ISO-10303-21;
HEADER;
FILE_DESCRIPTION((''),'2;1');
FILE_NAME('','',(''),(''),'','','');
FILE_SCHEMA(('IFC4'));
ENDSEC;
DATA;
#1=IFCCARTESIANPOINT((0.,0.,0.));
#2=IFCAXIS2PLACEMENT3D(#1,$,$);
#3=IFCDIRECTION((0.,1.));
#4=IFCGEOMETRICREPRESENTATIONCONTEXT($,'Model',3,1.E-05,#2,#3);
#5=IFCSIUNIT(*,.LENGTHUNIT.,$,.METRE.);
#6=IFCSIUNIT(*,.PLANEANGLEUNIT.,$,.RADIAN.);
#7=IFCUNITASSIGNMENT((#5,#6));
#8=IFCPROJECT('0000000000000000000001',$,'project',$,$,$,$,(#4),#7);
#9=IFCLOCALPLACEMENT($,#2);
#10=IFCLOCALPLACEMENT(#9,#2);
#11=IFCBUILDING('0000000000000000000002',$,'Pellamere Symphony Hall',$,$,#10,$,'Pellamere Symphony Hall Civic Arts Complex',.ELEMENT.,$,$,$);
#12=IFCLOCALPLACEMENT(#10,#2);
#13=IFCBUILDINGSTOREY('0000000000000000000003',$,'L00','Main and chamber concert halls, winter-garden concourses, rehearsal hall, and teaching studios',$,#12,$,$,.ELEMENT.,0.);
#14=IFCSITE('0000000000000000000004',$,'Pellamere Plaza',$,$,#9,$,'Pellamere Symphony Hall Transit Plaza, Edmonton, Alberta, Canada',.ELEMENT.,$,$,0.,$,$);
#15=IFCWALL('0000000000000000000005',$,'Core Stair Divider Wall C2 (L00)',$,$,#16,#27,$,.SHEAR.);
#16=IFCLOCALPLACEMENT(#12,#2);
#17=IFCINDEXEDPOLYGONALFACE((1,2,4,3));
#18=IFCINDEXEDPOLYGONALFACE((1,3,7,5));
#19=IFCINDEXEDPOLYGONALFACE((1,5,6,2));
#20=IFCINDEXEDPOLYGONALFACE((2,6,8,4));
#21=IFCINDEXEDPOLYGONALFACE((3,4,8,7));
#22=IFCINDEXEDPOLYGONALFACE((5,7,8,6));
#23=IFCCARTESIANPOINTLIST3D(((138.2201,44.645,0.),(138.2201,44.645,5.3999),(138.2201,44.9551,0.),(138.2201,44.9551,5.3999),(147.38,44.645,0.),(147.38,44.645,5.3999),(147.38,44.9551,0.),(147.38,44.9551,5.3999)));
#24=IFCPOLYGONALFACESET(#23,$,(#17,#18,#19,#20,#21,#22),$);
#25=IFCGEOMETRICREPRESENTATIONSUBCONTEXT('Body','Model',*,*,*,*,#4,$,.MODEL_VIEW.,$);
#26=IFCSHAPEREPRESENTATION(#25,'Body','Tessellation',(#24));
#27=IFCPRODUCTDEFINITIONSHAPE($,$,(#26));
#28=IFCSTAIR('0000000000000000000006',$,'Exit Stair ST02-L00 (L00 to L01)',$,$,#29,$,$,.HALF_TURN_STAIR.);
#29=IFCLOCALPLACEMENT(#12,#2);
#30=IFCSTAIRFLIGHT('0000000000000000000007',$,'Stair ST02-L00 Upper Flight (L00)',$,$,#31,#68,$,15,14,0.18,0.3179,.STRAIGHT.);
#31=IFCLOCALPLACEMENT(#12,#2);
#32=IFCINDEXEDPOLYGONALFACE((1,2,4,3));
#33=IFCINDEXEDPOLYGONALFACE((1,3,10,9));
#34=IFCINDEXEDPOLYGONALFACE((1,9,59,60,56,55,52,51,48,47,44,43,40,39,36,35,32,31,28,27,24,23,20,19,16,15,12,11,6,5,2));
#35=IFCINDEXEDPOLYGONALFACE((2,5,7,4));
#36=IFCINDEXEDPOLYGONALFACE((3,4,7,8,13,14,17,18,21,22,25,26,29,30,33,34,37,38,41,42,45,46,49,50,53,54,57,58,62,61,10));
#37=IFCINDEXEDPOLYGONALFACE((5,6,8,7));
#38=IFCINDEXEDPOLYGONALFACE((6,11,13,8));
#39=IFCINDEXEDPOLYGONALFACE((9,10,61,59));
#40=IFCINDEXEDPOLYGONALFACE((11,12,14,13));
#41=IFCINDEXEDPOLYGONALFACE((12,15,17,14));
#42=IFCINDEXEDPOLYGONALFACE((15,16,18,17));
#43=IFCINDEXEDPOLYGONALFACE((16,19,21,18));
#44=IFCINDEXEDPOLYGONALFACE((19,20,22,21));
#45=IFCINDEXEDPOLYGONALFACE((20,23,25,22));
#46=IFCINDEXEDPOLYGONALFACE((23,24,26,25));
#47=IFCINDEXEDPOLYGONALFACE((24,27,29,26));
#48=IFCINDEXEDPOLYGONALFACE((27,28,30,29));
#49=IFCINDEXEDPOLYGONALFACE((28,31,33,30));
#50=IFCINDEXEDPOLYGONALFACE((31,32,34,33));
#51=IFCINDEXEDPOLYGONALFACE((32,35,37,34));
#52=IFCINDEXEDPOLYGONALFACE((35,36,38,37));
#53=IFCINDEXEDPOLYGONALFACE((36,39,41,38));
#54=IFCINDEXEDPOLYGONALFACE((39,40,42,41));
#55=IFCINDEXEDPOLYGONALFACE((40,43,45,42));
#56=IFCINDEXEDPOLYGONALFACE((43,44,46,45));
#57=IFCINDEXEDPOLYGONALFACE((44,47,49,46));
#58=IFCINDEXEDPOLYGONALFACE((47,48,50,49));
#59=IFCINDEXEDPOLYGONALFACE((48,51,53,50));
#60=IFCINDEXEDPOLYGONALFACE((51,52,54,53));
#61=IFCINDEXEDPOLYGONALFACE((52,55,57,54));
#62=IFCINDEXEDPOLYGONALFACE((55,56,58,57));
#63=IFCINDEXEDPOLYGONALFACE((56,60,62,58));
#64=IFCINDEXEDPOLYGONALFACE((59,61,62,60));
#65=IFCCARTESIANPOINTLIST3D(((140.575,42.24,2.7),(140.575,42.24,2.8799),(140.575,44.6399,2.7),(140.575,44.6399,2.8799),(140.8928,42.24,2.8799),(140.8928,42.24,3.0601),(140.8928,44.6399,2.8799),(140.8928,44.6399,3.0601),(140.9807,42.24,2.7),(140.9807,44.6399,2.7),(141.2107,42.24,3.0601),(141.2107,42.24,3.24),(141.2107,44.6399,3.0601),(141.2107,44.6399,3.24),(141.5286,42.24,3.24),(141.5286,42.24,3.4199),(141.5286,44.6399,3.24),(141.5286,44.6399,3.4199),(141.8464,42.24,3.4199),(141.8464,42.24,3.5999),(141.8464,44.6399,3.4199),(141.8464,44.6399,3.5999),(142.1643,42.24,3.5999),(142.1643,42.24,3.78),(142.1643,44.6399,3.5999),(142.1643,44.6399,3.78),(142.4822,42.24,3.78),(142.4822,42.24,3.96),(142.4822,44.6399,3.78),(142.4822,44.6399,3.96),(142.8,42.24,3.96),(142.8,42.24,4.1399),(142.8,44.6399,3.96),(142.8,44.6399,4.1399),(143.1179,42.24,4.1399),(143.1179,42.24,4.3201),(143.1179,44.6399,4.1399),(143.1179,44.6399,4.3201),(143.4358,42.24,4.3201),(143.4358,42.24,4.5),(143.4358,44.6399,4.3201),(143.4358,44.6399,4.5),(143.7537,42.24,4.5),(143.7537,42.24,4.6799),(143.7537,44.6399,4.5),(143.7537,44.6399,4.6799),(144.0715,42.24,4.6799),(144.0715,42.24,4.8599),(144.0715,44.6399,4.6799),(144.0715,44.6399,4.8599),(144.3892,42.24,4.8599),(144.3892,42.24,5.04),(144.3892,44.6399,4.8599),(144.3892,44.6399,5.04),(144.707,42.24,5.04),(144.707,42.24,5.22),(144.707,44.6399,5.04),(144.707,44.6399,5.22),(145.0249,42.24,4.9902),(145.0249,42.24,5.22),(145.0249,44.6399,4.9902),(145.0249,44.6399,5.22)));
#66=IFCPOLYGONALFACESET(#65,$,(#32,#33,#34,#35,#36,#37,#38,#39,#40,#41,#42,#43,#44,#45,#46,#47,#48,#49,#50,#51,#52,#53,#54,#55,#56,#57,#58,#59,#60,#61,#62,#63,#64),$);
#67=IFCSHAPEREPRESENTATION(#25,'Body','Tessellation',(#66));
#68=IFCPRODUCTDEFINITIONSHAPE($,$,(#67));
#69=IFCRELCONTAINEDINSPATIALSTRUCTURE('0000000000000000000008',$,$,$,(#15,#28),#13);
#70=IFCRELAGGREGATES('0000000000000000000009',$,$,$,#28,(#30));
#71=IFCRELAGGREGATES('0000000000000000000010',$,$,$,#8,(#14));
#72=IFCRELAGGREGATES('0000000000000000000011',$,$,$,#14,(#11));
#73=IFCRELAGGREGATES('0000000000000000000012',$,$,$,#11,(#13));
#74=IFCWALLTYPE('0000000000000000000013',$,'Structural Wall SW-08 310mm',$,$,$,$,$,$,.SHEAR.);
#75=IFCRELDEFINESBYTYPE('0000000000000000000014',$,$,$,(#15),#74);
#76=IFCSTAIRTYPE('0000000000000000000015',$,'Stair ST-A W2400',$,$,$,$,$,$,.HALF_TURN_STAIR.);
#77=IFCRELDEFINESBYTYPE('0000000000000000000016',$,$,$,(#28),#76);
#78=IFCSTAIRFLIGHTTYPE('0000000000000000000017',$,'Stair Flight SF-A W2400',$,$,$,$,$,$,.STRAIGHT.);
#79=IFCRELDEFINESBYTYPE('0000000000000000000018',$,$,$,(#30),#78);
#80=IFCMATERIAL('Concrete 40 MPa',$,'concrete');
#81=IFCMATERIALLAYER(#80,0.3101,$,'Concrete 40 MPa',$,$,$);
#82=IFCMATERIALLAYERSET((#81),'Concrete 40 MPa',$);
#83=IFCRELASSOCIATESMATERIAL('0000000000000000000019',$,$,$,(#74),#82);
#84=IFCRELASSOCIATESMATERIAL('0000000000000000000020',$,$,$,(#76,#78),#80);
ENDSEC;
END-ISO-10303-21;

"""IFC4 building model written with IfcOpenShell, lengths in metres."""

from ifc_helpers import new_model, si_unit, direction, frame, frame_2d, origin, place, context, subcontext, project, spatial, polyline, rectangle, outline, extrude, material, layer, layer_set, type_object, element, aggregate, save


model = new_model("IFC4")

# Units and contexts
model_context = context("Model", 3, precision=1e-05, world=origin(), true_north=direction((0.0, 1.0)))
body_context = subcontext(model_context, "Body", "Model", "MODEL_VIEW")
ifc_project = project(units=[si_unit("LENGTHUNIT", "METRE"), si_unit("PLANEANGLEUNIT", "RADIAN")], contexts=[model_context])

# Site, building, storey
site_placement = place(None, origin())
site = spatial("IfcSite", under=ifc_project, at=site_placement, Name="Pellamere Plaza", LongName="Pellamere Symphony Hall Transit Plaza, Edmonton, Alberta, Canada", CompositionType="ELEMENT", RefElevation=0.0)
building_placement = place(site_placement, origin())
building = spatial("IfcBuilding", under=site, at=building_placement, Name="Pellamere Symphony Hall", LongName="Pellamere Symphony Hall Civic Arts Complex", CompositionType="ELEMENT")
storey_placement = place(building_placement, origin())
storey = spatial("IfcBuildingStorey", under=building, at=storey_placement, Name="L00", Description="Main and chamber concert halls, winter-garden concourses, rehearsal hall, and teaching studios", CompositionType="ELEMENT", Elevation=0.0)

# Shared definitions
ifc_material_1 = material(Name="Concrete 40 MPa", Category="concrete")

# Wall
ifc_layer_1 = layer(ifc_material_1, 0.3101, Name="Concrete 40 MPa")
ifc_layer_set_1 = layer_set([ifc_layer_1], Name="Concrete 40 MPa")
wall_type_1 = type_object("IfcWallType", Name="Structural Wall SW-08 310mm", PredefinedType="SHEAR", material=ifc_layer_set_1)
wall_1_placement = place(storey_placement, frame((138.22, 44.8, 0.0), z_axis=(0.0, 0.0, 1.0), x_axis=(1.0, 0.0, 0.0)))
element("IfcWall", 1, at=wall_1_placement, inside=storey, type_object=wall_type_1, Name="Core Stair Divider Wall C2 (L00)", PredefinedType="SHEAR", context=body_context, shape_type="SweptSolid", body=[
    extrude(rectangle(XDim=9.1599, YDim=0.3101, at=frame_2d((4.5801, 0.0))), origin(), (0.0, 0.0, 1.0), 5.3999),
])

# Stair, stair flight
stair_type = type_object("IfcStairType", Name="Stair ST-A W2400", PredefinedType="HALF_TURN_STAIR", material=ifc_material_1)
stair_placement = place(storey_placement, origin())
stair = element("IfcStair", 2, at=stair_placement, inside=storey, type_object=stair_type, Name="Exit Stair ST02-L00 (L00 to L01)", PredefinedType="HALF_TURN_STAIR")
stair_flight_type = type_object("IfcStairFlightType", Name="Stair Flight SF-A W2400", PredefinedType="STRAIGHT", material=ifc_material_1)
stair_flight_placement = place(storey_placement, frame((140.575, 43.4399, 2.7), z_axis=(0.0, 0.0, 1.0), x_axis=(1.0, 0.0, 0.0)))
stair_flight = element("IfcStairFlight", 3, at=stair_flight_placement, type_object=stair_flight_type, Name="Stair ST02-L00 Upper Flight (L00)", NumberOfRisers=15, NumberOfTreads=14, PredefinedType="STRAIGHT", RiserHeight=0.18, TreadLength=0.3179, context=body_context, shape_type="SweptSolid", body=[
    extrude(outline(polyline([(0.0, 0.0), (0.0, 0.1799), (0.3179, 0.1799), (0.3179, 0.3601), (0.6357, 0.3601), (0.6357, 0.54), (0.9536, 0.54), (0.9536, 0.72), (1.2715, 0.72), (1.2715, 0.8999), (1.5894, 0.8999), (1.5894, 1.0801), (1.9072, 1.0801), (1.9072, 1.26), (2.2251, 1.26), (2.2251, 1.4399), (2.543, 1.4399), (2.543, 1.6201), (2.8608, 1.6201), (2.8608, 1.8), (3.1787, 1.8), (3.1787, 1.98), (3.4966, 1.98), (3.4966, 2.1599), (3.8142, 2.1599), (3.8142, 2.3401), (4.1321, 2.3401), (4.1321, 2.52), (4.45, 2.52), (4.45, 2.7), (4.45, 2.2903), (0.4058, 0.0), (0.0, 0.0)])), frame((0.0, 1.2, 0.0), z_axis=(0.0, -1.0, 0.0), x_axis=(1.0, 0.0, 0.0)), (0.0, 0.0, 1.0), 2.3999),
])
aggregate(stair, [stair_flight])

save(model, "model.ifc")
